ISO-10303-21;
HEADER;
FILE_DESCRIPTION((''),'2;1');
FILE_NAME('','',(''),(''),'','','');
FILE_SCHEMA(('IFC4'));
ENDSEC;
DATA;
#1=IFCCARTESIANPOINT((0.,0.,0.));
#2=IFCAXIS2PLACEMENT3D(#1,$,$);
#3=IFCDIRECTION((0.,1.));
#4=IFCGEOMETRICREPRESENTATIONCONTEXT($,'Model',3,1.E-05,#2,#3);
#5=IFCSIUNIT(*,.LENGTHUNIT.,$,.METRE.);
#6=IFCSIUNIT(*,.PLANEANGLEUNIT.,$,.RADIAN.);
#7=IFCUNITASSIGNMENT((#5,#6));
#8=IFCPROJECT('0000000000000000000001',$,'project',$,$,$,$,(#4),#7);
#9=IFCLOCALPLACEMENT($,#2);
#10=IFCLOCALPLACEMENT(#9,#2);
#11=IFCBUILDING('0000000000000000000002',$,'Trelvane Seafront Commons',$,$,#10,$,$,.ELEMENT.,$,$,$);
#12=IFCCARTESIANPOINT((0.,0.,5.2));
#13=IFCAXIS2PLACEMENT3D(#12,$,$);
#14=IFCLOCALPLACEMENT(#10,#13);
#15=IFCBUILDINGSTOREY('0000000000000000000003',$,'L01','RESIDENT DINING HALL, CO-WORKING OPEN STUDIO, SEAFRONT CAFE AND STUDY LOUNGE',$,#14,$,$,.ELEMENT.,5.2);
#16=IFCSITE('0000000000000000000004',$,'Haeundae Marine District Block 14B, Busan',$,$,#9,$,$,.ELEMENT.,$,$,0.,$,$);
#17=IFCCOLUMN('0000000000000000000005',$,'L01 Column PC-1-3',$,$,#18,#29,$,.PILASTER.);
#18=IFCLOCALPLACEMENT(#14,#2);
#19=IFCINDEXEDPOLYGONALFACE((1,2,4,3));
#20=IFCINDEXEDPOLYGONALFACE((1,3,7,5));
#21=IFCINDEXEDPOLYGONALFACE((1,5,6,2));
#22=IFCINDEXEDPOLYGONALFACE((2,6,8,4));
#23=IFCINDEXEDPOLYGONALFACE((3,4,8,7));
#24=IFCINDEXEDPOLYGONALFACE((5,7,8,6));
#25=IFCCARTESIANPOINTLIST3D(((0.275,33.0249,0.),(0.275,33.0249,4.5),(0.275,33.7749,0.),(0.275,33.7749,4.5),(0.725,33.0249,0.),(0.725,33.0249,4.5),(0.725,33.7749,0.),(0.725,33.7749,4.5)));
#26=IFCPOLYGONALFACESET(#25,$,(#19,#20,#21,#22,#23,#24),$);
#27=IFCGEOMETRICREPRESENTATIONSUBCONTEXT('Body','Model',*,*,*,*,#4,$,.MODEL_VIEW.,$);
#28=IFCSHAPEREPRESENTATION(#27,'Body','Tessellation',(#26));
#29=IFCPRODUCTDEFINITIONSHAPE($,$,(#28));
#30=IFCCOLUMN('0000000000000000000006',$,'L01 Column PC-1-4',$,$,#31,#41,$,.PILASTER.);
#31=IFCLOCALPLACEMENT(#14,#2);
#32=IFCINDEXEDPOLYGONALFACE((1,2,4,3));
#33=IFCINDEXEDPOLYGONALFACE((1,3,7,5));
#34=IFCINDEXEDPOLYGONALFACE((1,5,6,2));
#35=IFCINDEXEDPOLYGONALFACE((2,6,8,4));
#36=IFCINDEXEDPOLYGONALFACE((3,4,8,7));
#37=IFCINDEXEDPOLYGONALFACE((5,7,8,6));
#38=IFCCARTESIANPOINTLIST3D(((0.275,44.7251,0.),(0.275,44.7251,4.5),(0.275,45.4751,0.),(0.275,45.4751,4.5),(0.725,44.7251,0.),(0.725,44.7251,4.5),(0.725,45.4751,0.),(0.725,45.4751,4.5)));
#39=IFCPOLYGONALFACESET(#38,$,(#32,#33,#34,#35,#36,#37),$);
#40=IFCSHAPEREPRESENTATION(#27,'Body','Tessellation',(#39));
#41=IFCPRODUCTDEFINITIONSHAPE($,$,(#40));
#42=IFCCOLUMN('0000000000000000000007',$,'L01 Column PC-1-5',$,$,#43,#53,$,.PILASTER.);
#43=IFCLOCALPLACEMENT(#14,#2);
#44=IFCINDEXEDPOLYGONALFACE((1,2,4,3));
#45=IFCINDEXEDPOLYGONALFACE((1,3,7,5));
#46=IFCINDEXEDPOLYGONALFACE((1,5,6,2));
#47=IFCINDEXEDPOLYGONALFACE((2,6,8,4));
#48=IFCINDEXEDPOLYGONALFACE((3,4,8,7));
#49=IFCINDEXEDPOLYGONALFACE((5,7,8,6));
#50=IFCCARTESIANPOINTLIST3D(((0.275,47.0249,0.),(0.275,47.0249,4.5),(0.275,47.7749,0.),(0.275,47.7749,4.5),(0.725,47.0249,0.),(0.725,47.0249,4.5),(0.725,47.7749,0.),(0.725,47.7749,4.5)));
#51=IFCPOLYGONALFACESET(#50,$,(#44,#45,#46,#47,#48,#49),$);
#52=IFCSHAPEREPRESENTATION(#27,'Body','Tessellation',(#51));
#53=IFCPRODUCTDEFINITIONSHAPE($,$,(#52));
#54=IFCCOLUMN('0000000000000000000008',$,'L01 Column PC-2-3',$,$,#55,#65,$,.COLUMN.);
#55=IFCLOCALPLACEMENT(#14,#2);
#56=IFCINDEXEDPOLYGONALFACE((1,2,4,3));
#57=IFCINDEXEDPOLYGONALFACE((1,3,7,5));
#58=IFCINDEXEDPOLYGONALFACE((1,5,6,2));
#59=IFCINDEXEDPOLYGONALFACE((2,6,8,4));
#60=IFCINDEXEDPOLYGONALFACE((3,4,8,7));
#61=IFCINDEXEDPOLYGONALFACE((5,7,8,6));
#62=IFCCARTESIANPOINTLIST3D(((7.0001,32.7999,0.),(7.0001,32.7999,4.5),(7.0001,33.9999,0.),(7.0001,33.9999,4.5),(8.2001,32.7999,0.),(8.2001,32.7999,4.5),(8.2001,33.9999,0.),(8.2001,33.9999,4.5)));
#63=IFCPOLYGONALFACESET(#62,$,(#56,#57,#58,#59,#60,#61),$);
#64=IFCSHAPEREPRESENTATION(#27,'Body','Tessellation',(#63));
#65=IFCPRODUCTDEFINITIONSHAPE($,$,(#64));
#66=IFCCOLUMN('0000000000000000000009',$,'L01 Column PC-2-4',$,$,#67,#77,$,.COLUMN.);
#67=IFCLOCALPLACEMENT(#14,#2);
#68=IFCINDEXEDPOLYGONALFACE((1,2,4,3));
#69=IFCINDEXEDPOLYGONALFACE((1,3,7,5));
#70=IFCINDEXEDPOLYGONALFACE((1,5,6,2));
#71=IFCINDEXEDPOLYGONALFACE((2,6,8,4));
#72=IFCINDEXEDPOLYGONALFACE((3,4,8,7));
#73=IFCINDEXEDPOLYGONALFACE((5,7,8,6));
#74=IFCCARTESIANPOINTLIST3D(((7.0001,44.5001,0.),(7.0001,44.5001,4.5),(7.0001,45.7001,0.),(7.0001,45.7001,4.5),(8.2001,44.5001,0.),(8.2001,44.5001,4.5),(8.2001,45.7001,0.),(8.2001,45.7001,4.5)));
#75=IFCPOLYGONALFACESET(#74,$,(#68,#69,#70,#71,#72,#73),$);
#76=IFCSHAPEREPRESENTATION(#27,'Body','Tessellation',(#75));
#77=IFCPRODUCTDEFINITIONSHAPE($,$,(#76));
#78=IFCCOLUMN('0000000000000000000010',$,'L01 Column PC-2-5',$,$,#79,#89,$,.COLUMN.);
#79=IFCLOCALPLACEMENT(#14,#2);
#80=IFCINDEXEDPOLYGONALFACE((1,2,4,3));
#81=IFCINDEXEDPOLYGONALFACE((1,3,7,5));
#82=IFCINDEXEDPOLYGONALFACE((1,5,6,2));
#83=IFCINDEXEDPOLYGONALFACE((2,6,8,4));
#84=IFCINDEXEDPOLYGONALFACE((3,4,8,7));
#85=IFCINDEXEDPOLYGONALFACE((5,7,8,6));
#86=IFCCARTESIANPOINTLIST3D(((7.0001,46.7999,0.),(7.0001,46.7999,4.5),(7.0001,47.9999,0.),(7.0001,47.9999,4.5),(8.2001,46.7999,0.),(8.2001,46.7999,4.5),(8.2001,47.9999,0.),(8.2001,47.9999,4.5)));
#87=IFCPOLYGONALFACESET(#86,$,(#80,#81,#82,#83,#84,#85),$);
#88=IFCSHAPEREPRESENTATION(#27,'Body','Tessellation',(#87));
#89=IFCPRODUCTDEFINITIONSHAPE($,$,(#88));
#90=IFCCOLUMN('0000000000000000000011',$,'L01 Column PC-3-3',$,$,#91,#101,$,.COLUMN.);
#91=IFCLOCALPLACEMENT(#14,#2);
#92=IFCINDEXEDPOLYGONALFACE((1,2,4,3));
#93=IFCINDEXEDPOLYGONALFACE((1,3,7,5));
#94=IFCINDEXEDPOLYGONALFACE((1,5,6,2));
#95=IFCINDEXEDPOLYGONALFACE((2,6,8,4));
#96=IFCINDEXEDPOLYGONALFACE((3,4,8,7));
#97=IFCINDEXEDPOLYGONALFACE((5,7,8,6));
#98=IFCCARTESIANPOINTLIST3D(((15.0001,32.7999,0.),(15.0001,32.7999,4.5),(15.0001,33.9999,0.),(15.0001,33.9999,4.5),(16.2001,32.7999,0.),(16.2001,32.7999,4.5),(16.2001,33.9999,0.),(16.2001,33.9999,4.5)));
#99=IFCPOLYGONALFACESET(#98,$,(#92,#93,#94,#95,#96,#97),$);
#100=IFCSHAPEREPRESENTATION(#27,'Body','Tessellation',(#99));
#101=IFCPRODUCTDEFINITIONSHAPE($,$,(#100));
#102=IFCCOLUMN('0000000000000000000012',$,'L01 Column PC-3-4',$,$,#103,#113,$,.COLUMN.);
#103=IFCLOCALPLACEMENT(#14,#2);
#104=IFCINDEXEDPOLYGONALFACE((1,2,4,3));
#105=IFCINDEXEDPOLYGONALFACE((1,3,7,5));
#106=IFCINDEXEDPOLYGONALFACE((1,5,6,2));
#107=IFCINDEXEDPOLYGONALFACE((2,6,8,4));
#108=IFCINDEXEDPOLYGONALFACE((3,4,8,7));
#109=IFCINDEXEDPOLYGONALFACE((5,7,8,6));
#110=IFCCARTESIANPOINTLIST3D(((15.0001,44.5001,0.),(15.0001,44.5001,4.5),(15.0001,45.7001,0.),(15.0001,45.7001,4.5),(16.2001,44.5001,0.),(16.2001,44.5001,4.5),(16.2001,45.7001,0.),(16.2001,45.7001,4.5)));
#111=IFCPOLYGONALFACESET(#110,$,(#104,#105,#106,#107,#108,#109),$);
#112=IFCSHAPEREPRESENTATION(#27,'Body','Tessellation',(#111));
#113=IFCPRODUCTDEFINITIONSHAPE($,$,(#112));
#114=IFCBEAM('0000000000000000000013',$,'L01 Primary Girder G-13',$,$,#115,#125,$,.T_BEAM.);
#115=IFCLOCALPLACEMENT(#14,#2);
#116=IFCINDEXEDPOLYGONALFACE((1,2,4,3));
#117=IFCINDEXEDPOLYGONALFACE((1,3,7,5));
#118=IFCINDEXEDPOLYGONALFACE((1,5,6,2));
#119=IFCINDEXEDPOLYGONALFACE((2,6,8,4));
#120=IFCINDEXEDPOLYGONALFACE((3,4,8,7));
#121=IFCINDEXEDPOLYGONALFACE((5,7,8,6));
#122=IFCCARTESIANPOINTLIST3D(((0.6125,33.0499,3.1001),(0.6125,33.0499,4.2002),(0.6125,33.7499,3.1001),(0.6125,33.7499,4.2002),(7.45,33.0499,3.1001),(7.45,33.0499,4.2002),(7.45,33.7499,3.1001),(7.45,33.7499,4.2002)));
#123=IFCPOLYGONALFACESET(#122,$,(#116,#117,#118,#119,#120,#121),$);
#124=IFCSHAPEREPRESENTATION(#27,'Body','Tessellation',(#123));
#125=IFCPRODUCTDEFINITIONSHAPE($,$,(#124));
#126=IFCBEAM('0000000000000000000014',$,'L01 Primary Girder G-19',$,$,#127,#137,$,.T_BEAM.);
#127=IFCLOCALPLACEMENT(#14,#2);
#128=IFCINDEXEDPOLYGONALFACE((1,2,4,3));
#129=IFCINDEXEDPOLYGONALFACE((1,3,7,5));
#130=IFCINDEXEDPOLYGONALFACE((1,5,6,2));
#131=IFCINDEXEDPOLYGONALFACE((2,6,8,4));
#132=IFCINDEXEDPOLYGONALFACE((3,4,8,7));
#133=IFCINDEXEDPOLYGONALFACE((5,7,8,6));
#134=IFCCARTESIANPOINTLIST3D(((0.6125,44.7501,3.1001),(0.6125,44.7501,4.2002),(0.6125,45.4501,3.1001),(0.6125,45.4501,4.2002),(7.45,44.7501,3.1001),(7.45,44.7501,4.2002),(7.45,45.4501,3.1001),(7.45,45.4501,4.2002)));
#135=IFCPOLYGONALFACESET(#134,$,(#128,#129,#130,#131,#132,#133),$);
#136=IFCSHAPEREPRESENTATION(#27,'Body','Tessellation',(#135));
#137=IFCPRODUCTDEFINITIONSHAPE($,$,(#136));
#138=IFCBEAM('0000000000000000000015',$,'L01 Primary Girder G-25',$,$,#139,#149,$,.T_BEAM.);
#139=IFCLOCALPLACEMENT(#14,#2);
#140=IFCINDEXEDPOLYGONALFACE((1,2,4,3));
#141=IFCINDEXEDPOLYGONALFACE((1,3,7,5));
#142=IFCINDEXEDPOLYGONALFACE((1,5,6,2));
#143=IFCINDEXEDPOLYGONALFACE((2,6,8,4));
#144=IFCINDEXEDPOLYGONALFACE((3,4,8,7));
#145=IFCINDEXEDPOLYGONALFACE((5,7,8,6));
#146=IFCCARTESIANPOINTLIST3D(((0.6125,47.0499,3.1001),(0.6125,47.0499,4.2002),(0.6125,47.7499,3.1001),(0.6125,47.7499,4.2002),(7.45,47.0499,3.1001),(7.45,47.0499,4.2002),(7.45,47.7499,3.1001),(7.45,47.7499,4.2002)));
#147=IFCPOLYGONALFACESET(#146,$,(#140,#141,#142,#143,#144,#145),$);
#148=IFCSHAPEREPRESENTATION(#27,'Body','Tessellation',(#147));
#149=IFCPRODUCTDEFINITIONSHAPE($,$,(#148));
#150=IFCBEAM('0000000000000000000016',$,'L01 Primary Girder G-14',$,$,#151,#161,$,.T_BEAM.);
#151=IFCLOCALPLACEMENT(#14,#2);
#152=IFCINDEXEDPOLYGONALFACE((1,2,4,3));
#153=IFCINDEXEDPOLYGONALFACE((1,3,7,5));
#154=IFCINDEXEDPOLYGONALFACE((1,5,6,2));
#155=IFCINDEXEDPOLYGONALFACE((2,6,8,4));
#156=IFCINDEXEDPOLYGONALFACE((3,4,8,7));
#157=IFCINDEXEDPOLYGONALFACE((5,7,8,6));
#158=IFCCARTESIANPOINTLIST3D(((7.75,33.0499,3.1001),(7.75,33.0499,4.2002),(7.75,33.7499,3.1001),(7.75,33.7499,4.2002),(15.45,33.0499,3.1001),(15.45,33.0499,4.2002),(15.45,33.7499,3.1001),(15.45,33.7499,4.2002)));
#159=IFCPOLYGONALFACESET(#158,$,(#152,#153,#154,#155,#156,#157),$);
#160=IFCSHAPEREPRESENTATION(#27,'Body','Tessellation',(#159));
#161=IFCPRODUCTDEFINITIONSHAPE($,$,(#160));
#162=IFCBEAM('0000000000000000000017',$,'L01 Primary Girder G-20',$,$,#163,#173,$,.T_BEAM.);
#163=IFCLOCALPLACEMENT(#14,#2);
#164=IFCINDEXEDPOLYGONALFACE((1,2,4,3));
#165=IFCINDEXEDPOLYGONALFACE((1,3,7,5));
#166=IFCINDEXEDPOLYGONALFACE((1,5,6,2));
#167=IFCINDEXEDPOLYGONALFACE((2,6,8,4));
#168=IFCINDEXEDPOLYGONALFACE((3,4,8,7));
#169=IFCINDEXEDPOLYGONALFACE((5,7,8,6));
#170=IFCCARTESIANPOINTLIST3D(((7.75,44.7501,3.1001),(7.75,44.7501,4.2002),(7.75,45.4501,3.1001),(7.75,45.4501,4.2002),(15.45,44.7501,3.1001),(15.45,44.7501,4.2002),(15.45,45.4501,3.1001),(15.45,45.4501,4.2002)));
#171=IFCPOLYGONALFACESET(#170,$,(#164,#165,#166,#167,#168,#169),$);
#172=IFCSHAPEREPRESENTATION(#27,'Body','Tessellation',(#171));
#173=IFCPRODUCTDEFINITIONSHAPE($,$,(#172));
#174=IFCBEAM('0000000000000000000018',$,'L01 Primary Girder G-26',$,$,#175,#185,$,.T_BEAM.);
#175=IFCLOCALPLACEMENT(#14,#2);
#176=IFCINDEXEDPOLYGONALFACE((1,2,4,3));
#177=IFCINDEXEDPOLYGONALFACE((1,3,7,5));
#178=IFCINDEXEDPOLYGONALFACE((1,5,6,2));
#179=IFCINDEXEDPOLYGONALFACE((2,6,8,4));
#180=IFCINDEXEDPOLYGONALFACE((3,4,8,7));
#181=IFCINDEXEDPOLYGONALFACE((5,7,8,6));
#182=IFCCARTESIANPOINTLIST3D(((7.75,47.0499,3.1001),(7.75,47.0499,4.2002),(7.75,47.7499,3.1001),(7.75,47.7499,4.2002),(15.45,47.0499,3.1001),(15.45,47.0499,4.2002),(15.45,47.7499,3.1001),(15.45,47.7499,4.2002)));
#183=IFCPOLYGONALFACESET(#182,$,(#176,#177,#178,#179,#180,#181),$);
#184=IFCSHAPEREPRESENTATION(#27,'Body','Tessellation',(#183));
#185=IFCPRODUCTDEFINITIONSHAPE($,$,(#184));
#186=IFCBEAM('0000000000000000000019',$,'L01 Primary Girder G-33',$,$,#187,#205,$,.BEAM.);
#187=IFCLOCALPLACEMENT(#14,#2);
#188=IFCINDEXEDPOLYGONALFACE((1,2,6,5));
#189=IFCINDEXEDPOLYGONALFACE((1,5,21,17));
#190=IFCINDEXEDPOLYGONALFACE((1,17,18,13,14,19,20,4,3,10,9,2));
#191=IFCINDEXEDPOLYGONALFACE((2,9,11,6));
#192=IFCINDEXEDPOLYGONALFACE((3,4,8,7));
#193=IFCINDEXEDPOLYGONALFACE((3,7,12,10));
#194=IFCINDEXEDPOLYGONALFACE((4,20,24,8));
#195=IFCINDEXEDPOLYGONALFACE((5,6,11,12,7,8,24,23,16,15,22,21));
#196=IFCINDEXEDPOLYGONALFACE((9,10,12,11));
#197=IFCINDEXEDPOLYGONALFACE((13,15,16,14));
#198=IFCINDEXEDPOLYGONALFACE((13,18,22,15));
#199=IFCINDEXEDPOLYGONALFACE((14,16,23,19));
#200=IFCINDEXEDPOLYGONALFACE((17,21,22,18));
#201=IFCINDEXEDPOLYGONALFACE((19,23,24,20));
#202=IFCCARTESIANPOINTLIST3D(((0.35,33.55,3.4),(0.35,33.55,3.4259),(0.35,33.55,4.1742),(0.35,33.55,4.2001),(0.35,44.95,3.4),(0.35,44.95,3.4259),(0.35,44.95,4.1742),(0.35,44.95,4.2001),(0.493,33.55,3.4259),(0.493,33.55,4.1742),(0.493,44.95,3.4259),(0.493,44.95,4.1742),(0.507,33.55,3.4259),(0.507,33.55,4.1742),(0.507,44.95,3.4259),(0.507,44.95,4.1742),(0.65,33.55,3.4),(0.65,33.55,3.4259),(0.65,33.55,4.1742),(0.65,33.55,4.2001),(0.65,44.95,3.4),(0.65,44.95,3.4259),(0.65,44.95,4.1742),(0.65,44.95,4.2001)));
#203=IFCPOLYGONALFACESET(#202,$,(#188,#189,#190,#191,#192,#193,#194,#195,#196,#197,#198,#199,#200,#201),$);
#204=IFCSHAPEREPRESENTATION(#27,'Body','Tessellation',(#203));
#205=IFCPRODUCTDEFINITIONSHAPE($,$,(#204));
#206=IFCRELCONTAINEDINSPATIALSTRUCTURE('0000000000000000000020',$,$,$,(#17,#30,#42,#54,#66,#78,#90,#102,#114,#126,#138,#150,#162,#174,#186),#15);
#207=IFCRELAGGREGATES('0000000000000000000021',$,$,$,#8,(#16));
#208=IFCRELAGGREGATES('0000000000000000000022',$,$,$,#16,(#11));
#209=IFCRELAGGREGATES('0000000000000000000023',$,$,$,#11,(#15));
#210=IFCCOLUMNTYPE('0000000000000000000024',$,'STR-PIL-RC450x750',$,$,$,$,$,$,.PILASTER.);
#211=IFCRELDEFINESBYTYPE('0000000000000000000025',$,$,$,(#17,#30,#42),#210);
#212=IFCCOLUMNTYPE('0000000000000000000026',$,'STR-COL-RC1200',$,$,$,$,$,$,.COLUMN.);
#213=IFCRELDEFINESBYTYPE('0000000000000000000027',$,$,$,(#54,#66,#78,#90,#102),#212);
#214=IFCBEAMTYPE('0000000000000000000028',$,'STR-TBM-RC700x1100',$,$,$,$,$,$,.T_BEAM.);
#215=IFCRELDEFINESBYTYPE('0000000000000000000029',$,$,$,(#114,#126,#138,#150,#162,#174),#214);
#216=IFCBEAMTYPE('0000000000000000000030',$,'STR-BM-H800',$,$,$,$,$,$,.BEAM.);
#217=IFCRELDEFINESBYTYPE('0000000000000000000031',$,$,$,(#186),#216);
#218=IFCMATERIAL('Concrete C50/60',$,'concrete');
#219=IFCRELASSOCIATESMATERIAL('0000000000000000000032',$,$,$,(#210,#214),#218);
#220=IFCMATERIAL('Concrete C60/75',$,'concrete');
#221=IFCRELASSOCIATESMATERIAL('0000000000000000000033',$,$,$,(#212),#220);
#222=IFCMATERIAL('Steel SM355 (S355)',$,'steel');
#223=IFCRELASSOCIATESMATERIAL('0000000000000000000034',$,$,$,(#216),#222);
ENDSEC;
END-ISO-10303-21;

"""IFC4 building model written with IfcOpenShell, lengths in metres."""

from ifc_helpers import new_model, si_unit, direction, frame, origin, origin_2d, place, context, subcontext, project, spatial, rectangle, i_section, extrude, source, transform, mapped, material, material_profile, profile_set, type_object, element, save


model = new_model("IFC4")

# Units and contexts
model_context = context("Model", 3, precision=1e-05, world=origin(), true_north=direction((0.0, 1.0)))
body_context = subcontext(model_context, "Body", "Model", "MODEL_VIEW")
ifc_project = project(units=[si_unit("LENGTHUNIT", "METRE"), si_unit("PLANEANGLEUNIT", "RADIAN")], contexts=[model_context])

# Site, building, storey
site_placement = place(None, origin())
site = spatial("IfcSite", under=ifc_project, at=site_placement, Name="Haeundae Marine District Block 14B, Busan", CompositionType="ELEMENT", RefElevation=0.0)
building_placement = place(site_placement, origin())
building = spatial("IfcBuilding", under=site, at=building_placement, Name="Trelvane Seafront Commons", CompositionType="ELEMENT")
storey_placement = place(building_placement, frame((0.0, 0.0, 5.2)))
storey = spatial("IfcBuildingStorey", under=building, at=storey_placement, Name="L01", Description="RESIDENT DINING HALL, CO-WORKING OPEN STUDIO, SEAFRONT CAFE AND STUDY LOUNGE", CompositionType="ELEMENT", Elevation=5.2)

# Columns
ifc_material_1 = material(Name="Concrete C50/60", Category="concrete")
ifc_material_profile_1 = material_profile(ifc_material_1, rectangle(XDim=0.45, YDim=0.75, at=origin_2d()), Name="RC-450x750")
ifc_profile_set_1 = profile_set([ifc_material_profile_1], Name="Concrete C50/60")
column_type_1 = type_object("IfcColumnType", Name="STR-PIL-RC450x750", PredefinedType="PILASTER", material=ifc_profile_set_1)
shared_shape_1 = source(origin(), body_context, "Body", "SweptSolid", [
    extrude(rectangle(XDim=0.45, YDim=0.75, at=origin_2d()), origin(), (0.0, 0.0, 1.0), 4.5),
])
for number, where, z_axis, x_axis, name in (
    (1, (0.5, 33.3999, 0.0), (0.0, 0.0, 1.0), (1.0, 0.0, 0.0), "L01 Column PC-1-3"),
    (2, (0.5, 45.1001, 0.0), (0.0, 0.0, 1.0), (1.0, 0.0, 0.0), "L01 Column PC-1-4"),
    (3, (0.5, 47.3999, 0.0), (0.0, 0.0, 1.0), (1.0, 0.0, 0.0), "L01 Column PC-1-5"),
):
    element("IfcColumn", number, at=place(storey_placement, frame(where, z_axis=z_axis, x_axis=x_axis)), inside=storey, type_object=column_type_1, Name=name, PredefinedType="PILASTER", context=body_context, shape_type="MappedRepresentation", body=[
        mapped(shared_shape_1, transform((0.0, 0.0, 0.0), x_axis=(1.0, 0.0, 0.0), y_axis=(0.0, 1.0, 0.0), z_axis=(0.0, 0.0, 1.0), scale=1.0)),
    ])
ifc_material_2 = material(Name="Concrete C60/75", Category="concrete")
ifc_material_profile_2 = material_profile(ifc_material_2, rectangle(XDim=1.2, YDim=1.2, at=origin_2d()), Name="RC-1200x1200")
ifc_profile_set_2 = profile_set([ifc_material_profile_2], Name="Concrete C60/75")
column_type_2 = type_object("IfcColumnType", Name="STR-COL-RC1200", PredefinedType="COLUMN", material=ifc_profile_set_2)
shared_shape_2 = source(origin(), body_context, "Body", "SweptSolid", [
    extrude(rectangle(XDim=1.2, YDim=1.2, at=origin_2d()), origin(), (0.0, 0.0, 1.0), 4.5),
])
for number, where, z_axis, x_axis, name in (
    (4, (7.6001, 33.3999, 0.0), (0.0, 0.0, 1.0), (1.0, 0.0, 0.0), "L01 Column PC-2-3"),
    (5, (7.6001, 45.1001, 0.0), (0.0, 0.0, 1.0), (1.0, 0.0, 0.0), "L01 Column PC-2-4"),
    (6, (7.6001, 47.3999, 0.0), (0.0, 0.0, 1.0), (1.0, 0.0, 0.0), "L01 Column PC-2-5"),
    (7, (15.6001, 33.3999, 0.0), (0.0, 0.0, 1.0), (1.0, 0.0, 0.0), "L01 Column PC-3-3"),
    (8, (15.6001, 45.1001, 0.0), (0.0, 0.0, 1.0), (1.0, 0.0, 0.0), "L01 Column PC-3-4"),
):
    element("IfcColumn", number, at=place(storey_placement, frame(where, z_axis=z_axis, x_axis=x_axis)), inside=storey, type_object=column_type_2, Name=name, PredefinedType="COLUMN", context=body_context, shape_type="MappedRepresentation", body=[
        mapped(shared_shape_2, transform((0.0, 0.0, 0.0), x_axis=(1.0, 0.0, 0.0), y_axis=(0.0, 1.0, 0.0), z_axis=(0.0, 0.0, 1.0), scale=1.0)),
    ])

# Beams
ifc_material_profile_3 = material_profile(ifc_material_1, rectangle(XDim=0.7, YDim=1.1001, at=origin_2d()), Name="RC-700x1100")
ifc_profile_set_3 = profile_set([ifc_material_profile_3], Name="Concrete C50/60")
beam_type_1 = type_object("IfcBeamType", Name="STR-TBM-RC700x1100", PredefinedType="T_BEAM", material=ifc_profile_set_3)
shared_shape_3 = source(origin(), body_context, "Body", "SweptSolid", [
    extrude(rectangle(XDim=0.7, YDim=1.1001, at=origin_2d()), origin(), (0.0, 0.0, 1.0), 6.8374),
])
for number, where, z_axis, x_axis, name in (
    (9, (0.6125, 33.3999, 3.6501), (1.0, 0.0, 0.0), (0.0, 1.0, 0.0), "L01 Primary Girder G-13"),
    (10, (0.6125, 45.1001, 3.6501), (1.0, 0.0, 0.0), (0.0, 1.0, 0.0), "L01 Primary Girder G-19"),
    (11, (0.6125, 47.3999, 3.6501), (1.0, 0.0, 0.0), (0.0, 1.0, 0.0), "L01 Primary Girder G-25"),
):
    element("IfcBeam", number, at=place(storey_placement, frame(where, z_axis=z_axis, x_axis=x_axis)), inside=storey, type_object=beam_type_1, Name=name, PredefinedType="T_BEAM", context=body_context, shape_type="MappedRepresentation", body=[
        mapped(shared_shape_3, transform((0.0, 0.0, 0.0), x_axis=(1.0, 0.0, 0.0), y_axis=(0.0, 1.0, 0.0), z_axis=(0.0, 0.0, 1.0), scale=1.0)),
    ])
shared_shape_4 = source(origin(), body_context, "Body", "SweptSolid", [
    extrude(rectangle(XDim=0.7, YDim=1.1001, at=origin_2d()), origin(), (0.0, 0.0, 1.0), 7.7),
])
for number, where, z_axis, x_axis, name in (
    (12, (7.75, 33.3999, 3.6501), (1.0, 0.0, 0.0), (0.0, 1.0, 0.0), "L01 Primary Girder G-14"),
    (13, (7.75, 45.1001, 3.6501), (1.0, 0.0, 0.0), (0.0, 1.0, 0.0), "L01 Primary Girder G-20"),
    (14, (7.75, 47.3999, 3.6501), (1.0, 0.0, 0.0), (0.0, 1.0, 0.0), "L01 Primary Girder G-26"),
):
    element("IfcBeam", number, at=place(storey_placement, frame(where, z_axis=z_axis, x_axis=x_axis)), inside=storey, type_object=beam_type_1, Name=name, PredefinedType="T_BEAM", context=body_context, shape_type="MappedRepresentation", body=[
        mapped(shared_shape_4, transform((0.0, 0.0, 0.0), x_axis=(1.0, 0.0, 0.0), y_axis=(0.0, 1.0, 0.0), z_axis=(0.0, 0.0, 1.0), scale=1.0)),
    ])
ifc_material_3 = material(Name="Steel SM355 (S355)", Category="steel")
ifc_material_profile_4 = material_profile(ifc_material_3, i_section(OverallWidth=0.3, OverallDepth=0.8, WebThickness=0.0139, FlangeThickness=0.0259, at=origin_2d()), Name="H-800x300x14x26")
ifc_profile_set_4 = profile_set([ifc_material_profile_4], Name="Steel SM355 (S355)")
beam_type_2 = type_object("IfcBeamType", Name="STR-BM-H800", PredefinedType="BEAM", material=ifc_profile_set_4)
shared_shape_5 = source(origin(), body_context, "Body", "SweptSolid", [
    extrude(i_section(OverallWidth=0.3, OverallDepth=0.8, WebThickness=0.0139, FlangeThickness=0.0259, at=origin_2d()), origin(), (0.0, 0.0, 1.0), 11.3999),
])
for number, where, z_axis, x_axis, name in (
    (15, (0.5, 33.55, 3.8), (0.0, 1.0, 0.0), (-1.0, 0.0, 0.0), "L01 Primary Girder G-33"),
):
    element("IfcBeam", number, at=place(storey_placement, frame(where, z_axis=z_axis, x_axis=x_axis)), inside=storey, type_object=beam_type_2, Name=name, PredefinedType="BEAM", context=body_context, shape_type="MappedRepresentation", body=[
        mapped(shared_shape_5, transform((0.0, 0.0, 0.0), x_axis=(1.0, 0.0, 0.0), y_axis=(0.0, 1.0, 0.0), z_axis=(0.0, 0.0, 1.0), scale=1.0)),
    ])

save(model, "model.ifc")
